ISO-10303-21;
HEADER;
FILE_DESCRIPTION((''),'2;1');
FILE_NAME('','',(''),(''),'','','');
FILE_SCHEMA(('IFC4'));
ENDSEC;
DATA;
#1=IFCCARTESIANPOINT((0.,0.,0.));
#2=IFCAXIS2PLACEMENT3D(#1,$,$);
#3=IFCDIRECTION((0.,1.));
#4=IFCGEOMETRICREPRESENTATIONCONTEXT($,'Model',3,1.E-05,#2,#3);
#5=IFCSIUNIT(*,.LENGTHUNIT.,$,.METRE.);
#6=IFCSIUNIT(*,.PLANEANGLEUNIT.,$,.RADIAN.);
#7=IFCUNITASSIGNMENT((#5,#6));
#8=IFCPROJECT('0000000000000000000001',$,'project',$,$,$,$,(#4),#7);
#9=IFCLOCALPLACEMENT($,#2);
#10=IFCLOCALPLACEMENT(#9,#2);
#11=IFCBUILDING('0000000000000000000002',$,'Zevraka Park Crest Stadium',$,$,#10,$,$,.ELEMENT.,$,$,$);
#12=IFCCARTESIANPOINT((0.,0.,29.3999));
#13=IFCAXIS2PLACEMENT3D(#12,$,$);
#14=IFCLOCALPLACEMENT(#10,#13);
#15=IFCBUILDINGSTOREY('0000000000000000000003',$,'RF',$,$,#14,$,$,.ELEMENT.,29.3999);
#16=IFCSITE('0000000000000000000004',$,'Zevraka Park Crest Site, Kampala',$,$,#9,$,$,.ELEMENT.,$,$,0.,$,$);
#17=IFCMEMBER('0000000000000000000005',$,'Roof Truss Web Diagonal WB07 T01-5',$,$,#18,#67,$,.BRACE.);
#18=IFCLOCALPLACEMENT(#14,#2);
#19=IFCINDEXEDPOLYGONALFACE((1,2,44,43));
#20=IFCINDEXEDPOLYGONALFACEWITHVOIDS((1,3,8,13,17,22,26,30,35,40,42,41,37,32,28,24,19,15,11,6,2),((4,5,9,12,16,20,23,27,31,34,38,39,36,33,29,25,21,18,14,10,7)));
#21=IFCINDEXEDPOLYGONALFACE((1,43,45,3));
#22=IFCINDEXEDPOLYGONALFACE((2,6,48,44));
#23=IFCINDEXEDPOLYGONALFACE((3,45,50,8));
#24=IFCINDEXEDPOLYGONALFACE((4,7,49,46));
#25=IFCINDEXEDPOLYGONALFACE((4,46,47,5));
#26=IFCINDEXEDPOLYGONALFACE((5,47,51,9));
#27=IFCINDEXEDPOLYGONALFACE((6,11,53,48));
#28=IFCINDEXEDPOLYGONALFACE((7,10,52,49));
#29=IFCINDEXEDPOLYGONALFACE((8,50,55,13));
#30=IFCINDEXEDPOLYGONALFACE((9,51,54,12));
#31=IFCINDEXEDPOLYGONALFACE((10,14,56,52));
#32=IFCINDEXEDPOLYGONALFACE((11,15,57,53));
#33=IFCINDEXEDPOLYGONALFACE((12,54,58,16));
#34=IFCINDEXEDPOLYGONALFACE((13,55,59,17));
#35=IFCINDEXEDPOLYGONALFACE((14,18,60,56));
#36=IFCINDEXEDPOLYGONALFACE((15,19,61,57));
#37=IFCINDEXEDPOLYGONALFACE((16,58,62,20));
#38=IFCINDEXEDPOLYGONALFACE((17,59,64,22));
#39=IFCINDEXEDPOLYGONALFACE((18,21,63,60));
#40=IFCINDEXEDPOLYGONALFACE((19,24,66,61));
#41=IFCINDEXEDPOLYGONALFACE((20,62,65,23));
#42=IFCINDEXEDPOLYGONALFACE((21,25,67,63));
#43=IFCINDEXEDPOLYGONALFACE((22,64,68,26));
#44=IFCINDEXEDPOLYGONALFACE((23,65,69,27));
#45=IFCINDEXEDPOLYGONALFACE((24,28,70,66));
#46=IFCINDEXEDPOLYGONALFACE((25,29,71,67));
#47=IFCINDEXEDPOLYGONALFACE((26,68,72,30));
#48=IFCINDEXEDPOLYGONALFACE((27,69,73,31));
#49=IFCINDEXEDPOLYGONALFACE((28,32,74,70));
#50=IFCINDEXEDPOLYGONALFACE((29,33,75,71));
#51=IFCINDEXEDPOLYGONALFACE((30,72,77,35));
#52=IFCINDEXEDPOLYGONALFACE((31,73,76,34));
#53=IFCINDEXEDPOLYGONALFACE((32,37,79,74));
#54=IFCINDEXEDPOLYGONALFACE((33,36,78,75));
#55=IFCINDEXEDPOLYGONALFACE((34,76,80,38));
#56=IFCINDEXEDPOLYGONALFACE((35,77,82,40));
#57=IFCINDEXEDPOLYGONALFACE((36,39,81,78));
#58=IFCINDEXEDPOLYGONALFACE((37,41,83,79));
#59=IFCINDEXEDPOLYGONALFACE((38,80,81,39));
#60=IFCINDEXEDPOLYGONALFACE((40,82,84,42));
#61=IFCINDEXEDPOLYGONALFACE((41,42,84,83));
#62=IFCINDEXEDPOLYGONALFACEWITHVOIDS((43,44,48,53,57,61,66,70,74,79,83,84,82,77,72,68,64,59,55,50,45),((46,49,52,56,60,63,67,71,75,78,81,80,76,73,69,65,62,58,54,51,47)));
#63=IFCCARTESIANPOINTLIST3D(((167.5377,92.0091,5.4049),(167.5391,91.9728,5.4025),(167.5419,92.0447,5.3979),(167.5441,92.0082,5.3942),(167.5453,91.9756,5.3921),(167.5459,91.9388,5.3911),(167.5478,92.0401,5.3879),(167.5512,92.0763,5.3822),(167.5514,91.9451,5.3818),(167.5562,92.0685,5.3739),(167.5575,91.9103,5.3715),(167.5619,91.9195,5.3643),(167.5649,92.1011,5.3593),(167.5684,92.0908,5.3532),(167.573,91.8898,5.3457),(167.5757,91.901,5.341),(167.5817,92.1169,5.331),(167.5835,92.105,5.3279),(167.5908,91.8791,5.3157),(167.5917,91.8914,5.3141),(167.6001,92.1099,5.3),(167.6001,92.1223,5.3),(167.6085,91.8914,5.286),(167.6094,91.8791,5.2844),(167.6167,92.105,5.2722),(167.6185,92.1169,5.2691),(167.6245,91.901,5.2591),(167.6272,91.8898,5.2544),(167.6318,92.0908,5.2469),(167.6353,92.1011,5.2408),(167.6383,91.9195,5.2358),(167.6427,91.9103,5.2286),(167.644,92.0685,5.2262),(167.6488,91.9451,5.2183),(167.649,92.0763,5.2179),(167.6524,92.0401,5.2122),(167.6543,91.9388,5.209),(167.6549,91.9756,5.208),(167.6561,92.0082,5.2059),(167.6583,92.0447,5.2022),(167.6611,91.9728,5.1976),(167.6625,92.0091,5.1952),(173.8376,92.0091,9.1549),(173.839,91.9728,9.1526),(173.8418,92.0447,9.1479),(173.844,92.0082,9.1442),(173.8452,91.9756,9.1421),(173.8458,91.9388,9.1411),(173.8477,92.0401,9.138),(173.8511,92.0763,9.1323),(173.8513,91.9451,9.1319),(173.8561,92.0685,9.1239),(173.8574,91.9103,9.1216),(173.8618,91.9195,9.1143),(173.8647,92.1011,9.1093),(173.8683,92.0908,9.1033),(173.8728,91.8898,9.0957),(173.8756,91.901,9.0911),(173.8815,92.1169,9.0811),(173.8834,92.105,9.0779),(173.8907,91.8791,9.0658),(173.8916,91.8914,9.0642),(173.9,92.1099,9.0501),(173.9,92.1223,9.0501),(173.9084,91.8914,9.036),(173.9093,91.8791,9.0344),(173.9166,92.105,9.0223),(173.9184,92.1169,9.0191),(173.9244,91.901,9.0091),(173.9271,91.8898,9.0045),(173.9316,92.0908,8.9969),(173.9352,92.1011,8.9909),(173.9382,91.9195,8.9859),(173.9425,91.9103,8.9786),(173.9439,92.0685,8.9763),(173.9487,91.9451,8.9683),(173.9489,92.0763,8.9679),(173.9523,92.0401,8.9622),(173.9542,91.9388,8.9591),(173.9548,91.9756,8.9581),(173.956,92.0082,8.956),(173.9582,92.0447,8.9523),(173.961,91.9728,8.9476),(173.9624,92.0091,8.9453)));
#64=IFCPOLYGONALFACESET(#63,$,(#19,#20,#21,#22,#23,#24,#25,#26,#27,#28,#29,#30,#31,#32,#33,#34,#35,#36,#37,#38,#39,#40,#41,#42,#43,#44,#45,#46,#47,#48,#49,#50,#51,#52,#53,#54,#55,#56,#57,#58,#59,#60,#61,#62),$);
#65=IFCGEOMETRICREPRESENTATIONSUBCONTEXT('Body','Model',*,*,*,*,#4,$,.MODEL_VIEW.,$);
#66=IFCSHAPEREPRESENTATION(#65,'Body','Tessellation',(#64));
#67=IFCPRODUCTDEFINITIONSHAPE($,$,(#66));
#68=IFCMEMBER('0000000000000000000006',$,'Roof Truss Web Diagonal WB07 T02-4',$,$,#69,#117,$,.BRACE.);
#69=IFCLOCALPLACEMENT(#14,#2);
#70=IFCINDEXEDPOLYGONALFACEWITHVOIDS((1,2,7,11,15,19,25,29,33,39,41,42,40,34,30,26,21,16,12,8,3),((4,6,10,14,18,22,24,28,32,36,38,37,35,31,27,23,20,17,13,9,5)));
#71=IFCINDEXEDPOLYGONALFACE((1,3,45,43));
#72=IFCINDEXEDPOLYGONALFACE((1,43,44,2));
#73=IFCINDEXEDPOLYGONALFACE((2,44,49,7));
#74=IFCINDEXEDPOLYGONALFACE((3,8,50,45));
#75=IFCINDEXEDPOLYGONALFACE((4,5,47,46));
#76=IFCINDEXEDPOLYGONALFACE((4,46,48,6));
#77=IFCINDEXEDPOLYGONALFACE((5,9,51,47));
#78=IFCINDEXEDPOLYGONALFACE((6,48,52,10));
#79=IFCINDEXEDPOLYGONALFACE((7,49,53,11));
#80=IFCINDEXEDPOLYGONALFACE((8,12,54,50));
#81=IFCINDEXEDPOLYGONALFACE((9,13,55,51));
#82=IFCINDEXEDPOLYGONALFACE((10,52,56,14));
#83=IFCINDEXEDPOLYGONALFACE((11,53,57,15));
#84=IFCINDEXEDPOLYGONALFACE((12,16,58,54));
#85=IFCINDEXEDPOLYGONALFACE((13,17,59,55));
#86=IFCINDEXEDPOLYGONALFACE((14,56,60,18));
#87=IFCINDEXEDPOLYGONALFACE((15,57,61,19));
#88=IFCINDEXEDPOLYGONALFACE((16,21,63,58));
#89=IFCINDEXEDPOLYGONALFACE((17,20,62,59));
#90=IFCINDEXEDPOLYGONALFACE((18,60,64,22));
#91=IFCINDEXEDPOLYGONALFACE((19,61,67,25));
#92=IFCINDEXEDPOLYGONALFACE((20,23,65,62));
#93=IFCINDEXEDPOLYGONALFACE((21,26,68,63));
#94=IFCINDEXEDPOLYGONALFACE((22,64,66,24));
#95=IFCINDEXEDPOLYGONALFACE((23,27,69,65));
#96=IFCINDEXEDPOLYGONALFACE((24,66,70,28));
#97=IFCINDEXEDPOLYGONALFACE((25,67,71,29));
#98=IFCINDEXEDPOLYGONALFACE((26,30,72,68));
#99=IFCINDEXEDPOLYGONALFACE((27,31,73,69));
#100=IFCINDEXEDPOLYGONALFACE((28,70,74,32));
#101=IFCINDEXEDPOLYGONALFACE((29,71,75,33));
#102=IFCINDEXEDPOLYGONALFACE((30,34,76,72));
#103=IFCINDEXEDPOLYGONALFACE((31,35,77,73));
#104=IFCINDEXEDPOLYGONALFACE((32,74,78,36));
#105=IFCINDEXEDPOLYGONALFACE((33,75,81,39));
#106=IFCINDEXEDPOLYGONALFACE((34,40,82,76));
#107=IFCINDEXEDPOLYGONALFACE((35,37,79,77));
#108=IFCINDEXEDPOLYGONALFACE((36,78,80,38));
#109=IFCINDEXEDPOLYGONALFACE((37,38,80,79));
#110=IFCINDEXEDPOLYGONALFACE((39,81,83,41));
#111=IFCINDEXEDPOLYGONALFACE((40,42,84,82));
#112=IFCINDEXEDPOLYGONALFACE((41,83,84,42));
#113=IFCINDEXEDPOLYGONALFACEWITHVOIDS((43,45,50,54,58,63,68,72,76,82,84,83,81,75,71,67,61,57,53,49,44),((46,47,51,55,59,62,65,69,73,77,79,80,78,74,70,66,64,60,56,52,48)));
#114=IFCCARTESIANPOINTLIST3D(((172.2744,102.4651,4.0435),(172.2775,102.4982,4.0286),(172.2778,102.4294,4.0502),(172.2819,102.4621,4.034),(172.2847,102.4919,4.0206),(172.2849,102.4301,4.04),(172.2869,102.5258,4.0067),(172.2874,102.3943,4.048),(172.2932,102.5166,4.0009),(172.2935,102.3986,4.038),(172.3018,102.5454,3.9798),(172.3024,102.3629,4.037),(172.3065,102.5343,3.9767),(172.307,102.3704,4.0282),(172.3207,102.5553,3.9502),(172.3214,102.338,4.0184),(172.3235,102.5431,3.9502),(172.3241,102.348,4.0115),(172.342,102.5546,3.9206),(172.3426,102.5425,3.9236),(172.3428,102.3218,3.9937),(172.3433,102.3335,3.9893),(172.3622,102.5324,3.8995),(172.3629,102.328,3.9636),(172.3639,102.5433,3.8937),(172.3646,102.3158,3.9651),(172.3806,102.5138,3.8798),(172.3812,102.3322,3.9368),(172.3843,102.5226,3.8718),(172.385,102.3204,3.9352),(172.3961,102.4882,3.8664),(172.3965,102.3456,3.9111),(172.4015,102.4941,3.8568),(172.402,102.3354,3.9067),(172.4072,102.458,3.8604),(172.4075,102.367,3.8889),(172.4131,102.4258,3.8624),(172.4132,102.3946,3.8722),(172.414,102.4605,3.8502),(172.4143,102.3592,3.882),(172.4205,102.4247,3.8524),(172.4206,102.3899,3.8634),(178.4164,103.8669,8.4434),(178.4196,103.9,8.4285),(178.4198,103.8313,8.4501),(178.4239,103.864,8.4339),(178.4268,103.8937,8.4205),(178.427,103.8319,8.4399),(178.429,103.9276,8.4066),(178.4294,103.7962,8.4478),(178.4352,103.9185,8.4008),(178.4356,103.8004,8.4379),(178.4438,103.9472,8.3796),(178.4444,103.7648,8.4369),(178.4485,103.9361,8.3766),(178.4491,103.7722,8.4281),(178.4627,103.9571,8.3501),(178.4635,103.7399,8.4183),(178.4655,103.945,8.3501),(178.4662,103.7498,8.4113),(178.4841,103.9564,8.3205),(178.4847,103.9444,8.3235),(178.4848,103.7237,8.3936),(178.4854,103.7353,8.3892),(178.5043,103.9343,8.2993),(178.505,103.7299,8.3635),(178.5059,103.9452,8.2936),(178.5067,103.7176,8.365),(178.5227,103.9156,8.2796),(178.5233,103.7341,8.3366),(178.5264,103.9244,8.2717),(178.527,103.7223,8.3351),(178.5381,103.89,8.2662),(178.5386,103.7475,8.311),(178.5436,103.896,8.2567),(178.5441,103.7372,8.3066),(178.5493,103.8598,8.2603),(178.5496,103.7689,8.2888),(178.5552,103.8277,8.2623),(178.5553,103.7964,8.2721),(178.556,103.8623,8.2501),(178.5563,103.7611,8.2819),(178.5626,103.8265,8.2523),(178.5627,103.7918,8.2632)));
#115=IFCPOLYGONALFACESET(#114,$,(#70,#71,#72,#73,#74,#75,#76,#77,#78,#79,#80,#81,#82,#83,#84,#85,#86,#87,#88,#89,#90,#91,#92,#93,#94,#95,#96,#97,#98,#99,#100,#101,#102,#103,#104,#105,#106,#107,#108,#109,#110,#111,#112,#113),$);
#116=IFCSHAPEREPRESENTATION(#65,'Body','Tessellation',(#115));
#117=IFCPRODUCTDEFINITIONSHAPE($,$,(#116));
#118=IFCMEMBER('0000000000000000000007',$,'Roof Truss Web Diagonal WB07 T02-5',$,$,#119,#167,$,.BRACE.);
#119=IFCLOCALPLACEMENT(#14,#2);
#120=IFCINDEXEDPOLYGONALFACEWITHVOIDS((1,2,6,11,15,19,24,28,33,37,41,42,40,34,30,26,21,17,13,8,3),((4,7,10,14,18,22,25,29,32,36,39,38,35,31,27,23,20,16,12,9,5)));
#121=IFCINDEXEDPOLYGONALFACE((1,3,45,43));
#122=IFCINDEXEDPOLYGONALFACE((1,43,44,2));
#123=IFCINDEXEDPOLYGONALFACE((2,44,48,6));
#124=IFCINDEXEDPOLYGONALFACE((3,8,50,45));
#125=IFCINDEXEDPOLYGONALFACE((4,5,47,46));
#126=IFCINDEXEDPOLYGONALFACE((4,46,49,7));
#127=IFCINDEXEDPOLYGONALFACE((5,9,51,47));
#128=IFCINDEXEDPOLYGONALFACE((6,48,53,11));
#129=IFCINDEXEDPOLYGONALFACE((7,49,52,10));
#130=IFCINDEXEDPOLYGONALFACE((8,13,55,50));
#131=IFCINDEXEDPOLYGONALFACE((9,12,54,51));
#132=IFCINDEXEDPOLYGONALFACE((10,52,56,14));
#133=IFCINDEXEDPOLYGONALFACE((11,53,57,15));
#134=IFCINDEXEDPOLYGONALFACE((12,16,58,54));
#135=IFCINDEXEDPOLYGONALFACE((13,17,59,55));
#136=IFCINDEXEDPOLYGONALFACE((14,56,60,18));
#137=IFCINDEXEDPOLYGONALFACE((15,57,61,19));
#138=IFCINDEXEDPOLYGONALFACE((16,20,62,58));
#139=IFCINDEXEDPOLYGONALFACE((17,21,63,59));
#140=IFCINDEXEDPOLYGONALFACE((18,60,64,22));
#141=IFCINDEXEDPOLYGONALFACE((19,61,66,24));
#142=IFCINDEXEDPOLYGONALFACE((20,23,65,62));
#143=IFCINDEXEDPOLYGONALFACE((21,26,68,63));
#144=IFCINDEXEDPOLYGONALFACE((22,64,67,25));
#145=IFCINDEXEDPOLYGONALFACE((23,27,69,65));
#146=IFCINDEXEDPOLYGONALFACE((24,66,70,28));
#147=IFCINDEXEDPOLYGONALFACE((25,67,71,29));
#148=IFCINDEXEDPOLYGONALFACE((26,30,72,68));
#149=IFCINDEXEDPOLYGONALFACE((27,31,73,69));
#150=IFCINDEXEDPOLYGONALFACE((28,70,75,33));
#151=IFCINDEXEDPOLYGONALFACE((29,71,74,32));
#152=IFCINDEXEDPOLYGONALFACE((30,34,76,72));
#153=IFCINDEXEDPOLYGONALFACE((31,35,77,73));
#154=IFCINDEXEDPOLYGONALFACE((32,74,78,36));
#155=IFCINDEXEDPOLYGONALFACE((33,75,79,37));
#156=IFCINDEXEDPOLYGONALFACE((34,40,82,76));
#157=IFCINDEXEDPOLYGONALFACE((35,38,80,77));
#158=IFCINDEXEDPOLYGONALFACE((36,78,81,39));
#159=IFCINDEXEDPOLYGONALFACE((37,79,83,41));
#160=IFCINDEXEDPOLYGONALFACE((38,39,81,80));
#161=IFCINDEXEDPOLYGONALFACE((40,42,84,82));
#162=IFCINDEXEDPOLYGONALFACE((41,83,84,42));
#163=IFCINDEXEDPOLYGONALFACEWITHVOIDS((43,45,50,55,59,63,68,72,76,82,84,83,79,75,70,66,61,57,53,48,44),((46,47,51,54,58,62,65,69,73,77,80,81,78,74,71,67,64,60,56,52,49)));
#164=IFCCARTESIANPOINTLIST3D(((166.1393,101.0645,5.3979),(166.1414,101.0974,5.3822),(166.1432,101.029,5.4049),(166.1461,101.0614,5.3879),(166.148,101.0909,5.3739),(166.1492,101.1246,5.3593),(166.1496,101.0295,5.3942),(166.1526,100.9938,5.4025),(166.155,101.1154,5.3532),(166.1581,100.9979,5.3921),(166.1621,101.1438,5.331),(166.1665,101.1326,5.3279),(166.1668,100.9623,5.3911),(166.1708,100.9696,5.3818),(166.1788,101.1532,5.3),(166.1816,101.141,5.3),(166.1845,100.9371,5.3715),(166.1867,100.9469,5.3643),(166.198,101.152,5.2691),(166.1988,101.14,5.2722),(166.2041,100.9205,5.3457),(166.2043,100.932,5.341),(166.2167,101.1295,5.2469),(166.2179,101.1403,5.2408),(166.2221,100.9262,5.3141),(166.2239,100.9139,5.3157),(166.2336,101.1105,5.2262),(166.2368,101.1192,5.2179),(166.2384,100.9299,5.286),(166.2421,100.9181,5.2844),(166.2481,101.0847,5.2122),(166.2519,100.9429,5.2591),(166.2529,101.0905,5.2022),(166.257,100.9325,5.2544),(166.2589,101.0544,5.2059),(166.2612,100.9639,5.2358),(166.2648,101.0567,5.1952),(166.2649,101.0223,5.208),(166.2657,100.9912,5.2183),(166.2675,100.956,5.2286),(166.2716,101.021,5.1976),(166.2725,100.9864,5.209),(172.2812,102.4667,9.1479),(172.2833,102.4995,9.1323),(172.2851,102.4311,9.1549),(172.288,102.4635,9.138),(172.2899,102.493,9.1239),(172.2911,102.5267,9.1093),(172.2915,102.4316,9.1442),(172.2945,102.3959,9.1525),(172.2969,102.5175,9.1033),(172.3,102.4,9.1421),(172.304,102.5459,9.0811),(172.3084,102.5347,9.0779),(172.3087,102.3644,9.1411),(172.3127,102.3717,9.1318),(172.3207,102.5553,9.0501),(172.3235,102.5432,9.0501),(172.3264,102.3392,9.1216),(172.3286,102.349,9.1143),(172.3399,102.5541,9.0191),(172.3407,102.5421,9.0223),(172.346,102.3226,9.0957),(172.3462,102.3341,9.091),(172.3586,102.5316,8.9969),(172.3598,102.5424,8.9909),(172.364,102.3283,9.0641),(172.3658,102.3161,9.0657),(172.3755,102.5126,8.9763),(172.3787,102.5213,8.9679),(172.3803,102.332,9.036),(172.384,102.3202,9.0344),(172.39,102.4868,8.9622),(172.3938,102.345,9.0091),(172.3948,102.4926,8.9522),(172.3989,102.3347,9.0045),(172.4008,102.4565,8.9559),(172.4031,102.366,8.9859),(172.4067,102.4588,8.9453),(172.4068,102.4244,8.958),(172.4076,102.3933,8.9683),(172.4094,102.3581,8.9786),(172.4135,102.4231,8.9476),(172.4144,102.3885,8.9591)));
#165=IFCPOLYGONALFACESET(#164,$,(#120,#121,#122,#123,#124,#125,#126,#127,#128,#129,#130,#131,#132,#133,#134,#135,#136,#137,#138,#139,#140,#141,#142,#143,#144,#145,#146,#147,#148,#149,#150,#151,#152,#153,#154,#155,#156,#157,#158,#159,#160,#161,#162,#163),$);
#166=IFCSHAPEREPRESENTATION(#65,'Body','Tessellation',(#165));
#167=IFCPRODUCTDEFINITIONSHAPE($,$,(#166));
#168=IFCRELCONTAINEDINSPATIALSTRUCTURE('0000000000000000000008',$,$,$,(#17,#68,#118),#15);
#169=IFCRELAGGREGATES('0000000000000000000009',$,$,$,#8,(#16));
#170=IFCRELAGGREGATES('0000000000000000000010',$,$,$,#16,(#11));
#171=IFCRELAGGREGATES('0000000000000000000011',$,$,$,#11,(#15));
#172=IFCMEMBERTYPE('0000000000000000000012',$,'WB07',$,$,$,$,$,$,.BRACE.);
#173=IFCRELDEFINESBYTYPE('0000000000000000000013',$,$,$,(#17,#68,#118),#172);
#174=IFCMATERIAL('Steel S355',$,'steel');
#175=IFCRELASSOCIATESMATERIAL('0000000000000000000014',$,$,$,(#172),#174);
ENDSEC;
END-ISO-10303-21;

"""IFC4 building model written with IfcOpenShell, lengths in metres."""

from ifc_helpers import new_model, si_unit, direction, frame, origin, origin_2d, place, context, subcontext, project, spatial, hollow_circle, extrude, material, material_profile, profile_set, type_object, element, save


model = new_model("IFC4")

# Units and contexts
model_context = context("Model", 3, precision=1e-05, world=origin(), true_north=direction((0.0, 1.0)))
body_context = subcontext(model_context, "Body", "Model", "MODEL_VIEW")
ifc_project = project(units=[si_unit("LENGTHUNIT", "METRE"), si_unit("PLANEANGLEUNIT", "RADIAN")], contexts=[model_context])

# Site, building, storey
site_placement = place(None, origin())
site = spatial("IfcSite", under=ifc_project, at=site_placement, Name="Zevraka Park Crest Site, Kampala", CompositionType="ELEMENT", RefElevation=0.0)
building_placement = place(site_placement, origin())
building = spatial("IfcBuilding", under=site, at=building_placement, Name="Zevraka Park Crest Stadium", CompositionType="ELEMENT")
storey_placement = place(building_placement, frame((0.0, 0.0, 29.3999)))
storey = spatial("IfcBuildingStorey", under=building, at=storey_placement, Name="RF", CompositionType="ELEMENT", Elevation=29.3999)

# Members
ifc_material_1 = material(Name="Steel S355", Category="steel")
ifc_material_profile_1 = material_profile(ifc_material_1, hollow_circle(Radius=0.1223, WallThickness=0.0125, at=origin_2d()), Name="CHS 244.5x12.5")
ifc_profile_set_1 = profile_set([ifc_material_profile_1], Name="Steel S355")
member_type_1 = type_object("IfcMemberType", Name="WB07", PredefinedType="BRACE", material=ifc_profile_set_1)
member_1_placement = place(storey_placement, frame((167.6001, 92.0, 5.3), z_axis=(0.859286, 0.0, 0.511496), x_axis=(0.0, 1.0, 0.0)))
element("IfcMember", 1, at=member_1_placement, inside=storey, type_object=member_type_1, Name="Roof Truss Web Diagonal WB07 T01-5", PredefinedType="BRACE", context=body_context, shape_type="SweptSolid", body=[
    extrude(hollow_circle(Radius=0.1223, WallThickness=0.0125, at=origin_2d()), origin(), (0.0, 0.0, 1.0), 7.3315),
])
member_2_placement = place(storey_placement, frame((172.3479, 102.436, 3.9502), z_axis=(0.799296, 0.182429, 0.572578), x_axis=(-0.222515, 0.974929, 0.0)))
element("IfcMember", 2, at=member_2_placement, inside=storey, type_object=member_type_1, Name="Roof Truss Web Diagonal WB07 T02-4", PredefinedType="BRACE", context=body_context, shape_type="SweptSolid", body=[
    extrude(hollow_circle(Radius=0.1223, WallThickness=0.0125, at=origin_2d()), origin(), (0.0, 0.0, 1.0), 7.6843),
])
member_3_placement = place(storey_placement, frame((166.2061, 101.0339, 5.3), z_axis=(0.837736, 0.191244, 0.511493), x_axis=(-0.222561, 0.974919, 0.0)))
element("IfcMember", 3, at=member_3_placement, inside=storey, type_object=member_type_1, Name="Roof Truss Web Diagonal WB07 T02-5", PredefinedType="BRACE", context=body_context, shape_type="SweptSolid", body=[
    extrude(hollow_circle(Radius=0.1223, WallThickness=0.0125, at=origin_2d()), origin(), (0.0, 0.0, 1.0), 7.3315),
])

save(model, "model.ifc")
